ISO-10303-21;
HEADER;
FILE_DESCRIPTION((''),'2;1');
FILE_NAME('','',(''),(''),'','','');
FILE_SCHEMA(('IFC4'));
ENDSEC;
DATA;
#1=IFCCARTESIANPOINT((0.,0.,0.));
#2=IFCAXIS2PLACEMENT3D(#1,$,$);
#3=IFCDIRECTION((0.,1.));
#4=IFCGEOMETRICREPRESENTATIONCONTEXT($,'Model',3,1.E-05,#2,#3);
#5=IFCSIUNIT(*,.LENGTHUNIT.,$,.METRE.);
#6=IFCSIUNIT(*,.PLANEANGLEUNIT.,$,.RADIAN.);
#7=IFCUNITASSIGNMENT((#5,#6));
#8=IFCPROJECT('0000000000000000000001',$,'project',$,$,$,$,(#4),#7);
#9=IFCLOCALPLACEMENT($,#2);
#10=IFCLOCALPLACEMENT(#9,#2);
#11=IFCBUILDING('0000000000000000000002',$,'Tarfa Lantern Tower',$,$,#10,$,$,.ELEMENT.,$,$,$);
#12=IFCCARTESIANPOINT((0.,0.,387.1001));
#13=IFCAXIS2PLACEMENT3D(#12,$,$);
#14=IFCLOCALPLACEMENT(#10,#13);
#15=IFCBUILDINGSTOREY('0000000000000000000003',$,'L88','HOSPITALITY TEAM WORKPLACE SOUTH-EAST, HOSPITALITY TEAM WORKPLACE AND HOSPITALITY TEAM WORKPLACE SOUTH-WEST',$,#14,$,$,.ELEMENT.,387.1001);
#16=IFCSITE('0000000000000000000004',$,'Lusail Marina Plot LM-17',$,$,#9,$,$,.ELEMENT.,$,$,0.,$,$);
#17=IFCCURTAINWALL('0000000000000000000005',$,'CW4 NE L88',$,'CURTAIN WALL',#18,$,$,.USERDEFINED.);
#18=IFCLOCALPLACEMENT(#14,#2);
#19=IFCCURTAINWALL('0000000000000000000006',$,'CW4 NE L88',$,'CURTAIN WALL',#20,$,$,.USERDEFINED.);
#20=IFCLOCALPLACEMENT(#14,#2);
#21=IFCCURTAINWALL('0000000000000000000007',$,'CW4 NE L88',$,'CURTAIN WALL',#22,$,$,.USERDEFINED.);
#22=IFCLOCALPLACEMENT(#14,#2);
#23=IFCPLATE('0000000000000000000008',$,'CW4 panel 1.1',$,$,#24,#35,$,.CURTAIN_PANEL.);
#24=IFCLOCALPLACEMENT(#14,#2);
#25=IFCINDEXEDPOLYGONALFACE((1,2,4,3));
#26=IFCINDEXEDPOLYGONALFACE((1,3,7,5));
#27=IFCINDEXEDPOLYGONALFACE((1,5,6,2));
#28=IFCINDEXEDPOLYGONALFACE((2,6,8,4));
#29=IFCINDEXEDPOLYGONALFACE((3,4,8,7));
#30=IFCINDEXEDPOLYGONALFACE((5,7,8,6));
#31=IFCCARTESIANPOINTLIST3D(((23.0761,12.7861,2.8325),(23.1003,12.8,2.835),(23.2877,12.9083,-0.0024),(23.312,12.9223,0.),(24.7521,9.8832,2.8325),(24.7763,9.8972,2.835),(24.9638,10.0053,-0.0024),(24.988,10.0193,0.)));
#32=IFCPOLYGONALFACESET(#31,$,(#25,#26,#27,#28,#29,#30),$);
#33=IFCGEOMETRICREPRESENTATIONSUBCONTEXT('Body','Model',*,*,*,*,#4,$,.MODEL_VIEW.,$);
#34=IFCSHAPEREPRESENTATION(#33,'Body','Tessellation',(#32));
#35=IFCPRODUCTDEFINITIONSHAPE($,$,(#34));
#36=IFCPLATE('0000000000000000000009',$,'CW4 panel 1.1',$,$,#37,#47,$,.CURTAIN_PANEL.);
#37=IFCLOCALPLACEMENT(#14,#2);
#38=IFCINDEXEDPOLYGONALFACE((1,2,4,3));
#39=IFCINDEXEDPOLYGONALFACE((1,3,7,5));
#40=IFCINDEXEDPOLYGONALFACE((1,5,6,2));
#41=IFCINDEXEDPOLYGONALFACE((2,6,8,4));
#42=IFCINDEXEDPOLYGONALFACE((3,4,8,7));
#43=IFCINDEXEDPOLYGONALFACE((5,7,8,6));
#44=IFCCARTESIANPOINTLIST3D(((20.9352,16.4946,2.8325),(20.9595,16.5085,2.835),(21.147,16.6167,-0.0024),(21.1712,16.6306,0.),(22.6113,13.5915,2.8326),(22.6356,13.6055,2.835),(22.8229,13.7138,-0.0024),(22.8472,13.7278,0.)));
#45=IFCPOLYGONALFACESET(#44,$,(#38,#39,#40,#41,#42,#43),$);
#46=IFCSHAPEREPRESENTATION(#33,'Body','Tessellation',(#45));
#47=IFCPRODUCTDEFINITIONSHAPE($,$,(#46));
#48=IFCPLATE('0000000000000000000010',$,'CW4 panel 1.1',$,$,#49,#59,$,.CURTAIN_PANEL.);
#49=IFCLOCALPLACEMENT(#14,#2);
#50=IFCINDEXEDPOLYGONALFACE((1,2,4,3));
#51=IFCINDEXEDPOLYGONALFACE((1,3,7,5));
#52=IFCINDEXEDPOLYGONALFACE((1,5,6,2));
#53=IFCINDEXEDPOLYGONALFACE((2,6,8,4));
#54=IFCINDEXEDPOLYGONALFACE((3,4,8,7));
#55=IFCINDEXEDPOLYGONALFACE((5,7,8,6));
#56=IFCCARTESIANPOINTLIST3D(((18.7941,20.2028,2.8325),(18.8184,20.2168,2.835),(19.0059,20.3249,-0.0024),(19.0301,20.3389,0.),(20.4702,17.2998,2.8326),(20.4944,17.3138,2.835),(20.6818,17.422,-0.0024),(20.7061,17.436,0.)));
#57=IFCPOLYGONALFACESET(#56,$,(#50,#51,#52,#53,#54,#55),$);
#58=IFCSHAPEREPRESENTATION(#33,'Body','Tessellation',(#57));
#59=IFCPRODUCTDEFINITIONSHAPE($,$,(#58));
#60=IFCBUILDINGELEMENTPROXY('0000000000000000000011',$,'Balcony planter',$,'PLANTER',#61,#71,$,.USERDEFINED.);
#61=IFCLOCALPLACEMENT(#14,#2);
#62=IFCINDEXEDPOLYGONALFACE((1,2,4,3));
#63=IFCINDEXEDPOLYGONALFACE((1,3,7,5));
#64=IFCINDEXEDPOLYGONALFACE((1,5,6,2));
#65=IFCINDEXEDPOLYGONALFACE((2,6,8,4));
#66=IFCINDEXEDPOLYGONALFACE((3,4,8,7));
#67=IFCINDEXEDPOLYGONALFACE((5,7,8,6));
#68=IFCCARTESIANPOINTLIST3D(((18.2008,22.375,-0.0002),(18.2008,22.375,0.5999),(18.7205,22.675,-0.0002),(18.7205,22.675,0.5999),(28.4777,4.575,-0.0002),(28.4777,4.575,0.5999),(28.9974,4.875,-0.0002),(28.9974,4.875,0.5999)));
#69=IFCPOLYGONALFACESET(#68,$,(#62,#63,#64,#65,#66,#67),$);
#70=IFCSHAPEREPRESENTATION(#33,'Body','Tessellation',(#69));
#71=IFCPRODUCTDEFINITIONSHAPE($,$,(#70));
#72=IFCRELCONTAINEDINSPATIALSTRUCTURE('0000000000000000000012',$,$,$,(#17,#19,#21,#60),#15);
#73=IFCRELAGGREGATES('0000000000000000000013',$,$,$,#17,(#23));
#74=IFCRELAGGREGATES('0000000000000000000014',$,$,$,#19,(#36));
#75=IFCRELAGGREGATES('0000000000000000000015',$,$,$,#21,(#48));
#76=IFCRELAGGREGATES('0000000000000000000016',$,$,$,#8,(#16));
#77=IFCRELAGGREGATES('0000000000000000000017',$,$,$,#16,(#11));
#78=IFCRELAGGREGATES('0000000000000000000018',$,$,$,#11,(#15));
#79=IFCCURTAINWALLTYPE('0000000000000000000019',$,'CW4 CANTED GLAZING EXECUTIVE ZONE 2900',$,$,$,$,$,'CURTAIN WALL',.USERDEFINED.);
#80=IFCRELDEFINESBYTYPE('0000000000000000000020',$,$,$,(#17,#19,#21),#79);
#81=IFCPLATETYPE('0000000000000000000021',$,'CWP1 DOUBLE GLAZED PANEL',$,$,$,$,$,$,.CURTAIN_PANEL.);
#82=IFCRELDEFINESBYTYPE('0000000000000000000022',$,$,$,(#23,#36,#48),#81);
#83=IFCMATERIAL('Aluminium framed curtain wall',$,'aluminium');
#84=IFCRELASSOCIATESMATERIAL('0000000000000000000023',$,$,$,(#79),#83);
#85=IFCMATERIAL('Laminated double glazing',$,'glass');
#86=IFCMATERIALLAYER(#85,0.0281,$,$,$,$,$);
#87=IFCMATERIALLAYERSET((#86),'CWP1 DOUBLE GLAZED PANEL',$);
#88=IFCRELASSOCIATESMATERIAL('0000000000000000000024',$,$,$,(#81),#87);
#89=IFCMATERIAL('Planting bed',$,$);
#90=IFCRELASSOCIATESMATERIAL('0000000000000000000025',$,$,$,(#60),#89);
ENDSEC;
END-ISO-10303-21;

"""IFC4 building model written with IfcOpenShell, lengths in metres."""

from ifc_helpers import new_model, si_unit, direction, frame, origin, origin_2d, place, context, subcontext, project, spatial, polyline, rectangle, outline, extrude, material, layer, layer_set, type_object, element, aggregate, save


model = new_model("IFC4")

# Units and contexts
model_context = context("Model", 3, precision=1e-05, world=origin(), true_north=direction((0.0, 1.0)))
body_context = subcontext(model_context, "Body", "Model", "MODEL_VIEW")
ifc_project = project(units=[si_unit("LENGTHUNIT", "METRE"), si_unit("PLANEANGLEUNIT", "RADIAN")], contexts=[model_context])

# Site, building, storey
site_placement = place(None, origin())
site = spatial("IfcSite", under=ifc_project, at=site_placement, Name="Lusail Marina Plot LM-17", CompositionType="ELEMENT", RefElevation=0.0)
building_placement = place(site_placement, origin())
building = spatial("IfcBuilding", under=site, at=building_placement, Name="Tarfa Lantern Tower", CompositionType="ELEMENT")
storey_placement = place(building_placement, frame((0.0, 0.0, 387.1001)))
storey = spatial("IfcBuildingStorey", under=building, at=storey_placement, Name="L88", Description="HOSPITALITY TEAM WORKPLACE SOUTH-EAST, HOSPITALITY TEAM WORKPLACE AND HOSPITALITY TEAM WORKPLACE SOUTH-WEST", CompositionType="ELEMENT", Elevation=387.1001)

# Curtain walls
ifc_material_1 = material(Name="Aluminium framed curtain wall", Category="aluminium")
curtain_wall_type = type_object("IfcCurtainWallType", Name="CW4 CANTED GLAZING EXECUTIVE ZONE 2900", ElementType="CURTAIN WALL", PredefinedType="USERDEFINED", material=ifc_material_1)
curtain_wall_1_placement = place(storey_placement, origin())
curtain_wall_1 = element("IfcCurtainWall", 1, at=curtain_wall_1_placement, inside=storey, type_object=curtain_wall_type, Name="CW4 NE L88", ObjectType="CURTAIN WALL", PredefinedType="USERDEFINED")
curtain_wall_2_placement = place(storey_placement, origin())
curtain_wall_2 = element("IfcCurtainWall", 2, at=curtain_wall_2_placement, inside=storey, type_object=curtain_wall_type, Name="CW4 NE L88", ObjectType="CURTAIN WALL", PredefinedType="USERDEFINED")
curtain_wall_3_placement = place(storey_placement, origin())
curtain_wall_3 = element("IfcCurtainWall", 3, at=curtain_wall_3_placement, inside=storey, type_object=curtain_wall_type, Name="CW4 NE L88", ObjectType="CURTAIN WALL", PredefinedType="USERDEFINED")

# Plates
ifc_material_2 = material(Name="Laminated double glazing", Category="glass")
ifc_layer = layer(ifc_material_2, 0.0281)
ifc_layer_set = layer_set([ifc_layer], Name="CWP1 DOUBLE GLAZED PANEL")
plate_type = type_object("IfcPlateType", Name="CWP1 DOUBLE GLAZED PANEL", PredefinedType="CURTAIN_PANEL", material=ifc_layer_set)
plate_1_placement = place(storey_placement, frame((24.988, 10.0193, 0.0), z_axis=(0.862824, 0.498153, 0.085893), x_axis=(-0.500001, 0.866025, -0.000002)))
plate_1 = element("IfcPlate", 4, at=plate_1_placement, type_object=plate_type, Name="CW4 panel 1.1", PredefinedType="CURTAIN_PANEL", context=body_context, shape_type="SweptSolid", body=[
    extrude(outline(polyline([(0.0, 0.0), (3.3522, 0.0), (3.3521, 2.8455), (0.0001, 2.8455), (0.0, 0.0)])), origin(), (0.0, 0.0, -1.0), 0.0281),
])
aggregate(curtain_wall_1, [plate_1])
plate_2_placement = place(storey_placement, frame((22.8472, 13.7278, 0.0), z_axis=(0.862824, 0.498153, 0.085893), x_axis=(-0.500001, 0.866025, 0.000002)))
plate_2 = element("IfcPlate", 5, at=plate_2_placement, type_object=plate_type, Name="CW4 panel 1.1", PredefinedType="CURTAIN_PANEL", context=body_context, shape_type="SweptSolid", body=[
    extrude(outline(polyline([(0.0, 0.0), (3.3519, 0.0), (3.3521, 2.8455), (-0.0001, 2.8455), (0.0, 0.0)])), origin(), (0.0, 0.0, -1.0), 0.0281),
])
aggregate(curtain_wall_2, [plate_2])
plate_3_placement = place(storey_placement, frame((20.7061, 17.436, 0.0), z_axis=(0.862824, 0.498153, 0.085893), x_axis=(-0.500001, 0.866025, 0.000002)))
plate_3 = element("IfcPlate", 6, at=plate_3_placement, type_object=plate_type, Name="CW4 panel 1.1", PredefinedType="CURTAIN_PANEL", context=body_context, shape_type="SweptSolid", body=[
    extrude(outline(polyline([(0.0, 0.0), (3.3519, 0.0), (3.3521, 2.8455), (-0.0001, 2.8455), (0.0, 0.0)])), origin(), (0.0, 0.0, -1.0), 0.0281),
])
aggregate(curtain_wall_3, [plate_3])

# Building element proxy
ifc_material_3 = material(Name="Planting bed")
proxy_placement = place(storey_placement, frame((23.5991, 13.625, -0.0002), z_axis=(0.0, 0.0, 1.0), x_axis=(-0.5, 0.866025, 0.0)))
element("IfcBuildingElementProxy", 7, at=proxy_placement, inside=storey, material=ifc_material_3, Name="Balcony planter", ObjectType="PLANTER", PredefinedType="USERDEFINED", context=body_context, shape_type="SweptSolid", body=[
    extrude(rectangle(XDim=20.5537, YDim=0.6001, at=origin_2d()), origin(), (0.0, 0.0, 1.0), 0.6001),
])

save(model, "model.ifc")
